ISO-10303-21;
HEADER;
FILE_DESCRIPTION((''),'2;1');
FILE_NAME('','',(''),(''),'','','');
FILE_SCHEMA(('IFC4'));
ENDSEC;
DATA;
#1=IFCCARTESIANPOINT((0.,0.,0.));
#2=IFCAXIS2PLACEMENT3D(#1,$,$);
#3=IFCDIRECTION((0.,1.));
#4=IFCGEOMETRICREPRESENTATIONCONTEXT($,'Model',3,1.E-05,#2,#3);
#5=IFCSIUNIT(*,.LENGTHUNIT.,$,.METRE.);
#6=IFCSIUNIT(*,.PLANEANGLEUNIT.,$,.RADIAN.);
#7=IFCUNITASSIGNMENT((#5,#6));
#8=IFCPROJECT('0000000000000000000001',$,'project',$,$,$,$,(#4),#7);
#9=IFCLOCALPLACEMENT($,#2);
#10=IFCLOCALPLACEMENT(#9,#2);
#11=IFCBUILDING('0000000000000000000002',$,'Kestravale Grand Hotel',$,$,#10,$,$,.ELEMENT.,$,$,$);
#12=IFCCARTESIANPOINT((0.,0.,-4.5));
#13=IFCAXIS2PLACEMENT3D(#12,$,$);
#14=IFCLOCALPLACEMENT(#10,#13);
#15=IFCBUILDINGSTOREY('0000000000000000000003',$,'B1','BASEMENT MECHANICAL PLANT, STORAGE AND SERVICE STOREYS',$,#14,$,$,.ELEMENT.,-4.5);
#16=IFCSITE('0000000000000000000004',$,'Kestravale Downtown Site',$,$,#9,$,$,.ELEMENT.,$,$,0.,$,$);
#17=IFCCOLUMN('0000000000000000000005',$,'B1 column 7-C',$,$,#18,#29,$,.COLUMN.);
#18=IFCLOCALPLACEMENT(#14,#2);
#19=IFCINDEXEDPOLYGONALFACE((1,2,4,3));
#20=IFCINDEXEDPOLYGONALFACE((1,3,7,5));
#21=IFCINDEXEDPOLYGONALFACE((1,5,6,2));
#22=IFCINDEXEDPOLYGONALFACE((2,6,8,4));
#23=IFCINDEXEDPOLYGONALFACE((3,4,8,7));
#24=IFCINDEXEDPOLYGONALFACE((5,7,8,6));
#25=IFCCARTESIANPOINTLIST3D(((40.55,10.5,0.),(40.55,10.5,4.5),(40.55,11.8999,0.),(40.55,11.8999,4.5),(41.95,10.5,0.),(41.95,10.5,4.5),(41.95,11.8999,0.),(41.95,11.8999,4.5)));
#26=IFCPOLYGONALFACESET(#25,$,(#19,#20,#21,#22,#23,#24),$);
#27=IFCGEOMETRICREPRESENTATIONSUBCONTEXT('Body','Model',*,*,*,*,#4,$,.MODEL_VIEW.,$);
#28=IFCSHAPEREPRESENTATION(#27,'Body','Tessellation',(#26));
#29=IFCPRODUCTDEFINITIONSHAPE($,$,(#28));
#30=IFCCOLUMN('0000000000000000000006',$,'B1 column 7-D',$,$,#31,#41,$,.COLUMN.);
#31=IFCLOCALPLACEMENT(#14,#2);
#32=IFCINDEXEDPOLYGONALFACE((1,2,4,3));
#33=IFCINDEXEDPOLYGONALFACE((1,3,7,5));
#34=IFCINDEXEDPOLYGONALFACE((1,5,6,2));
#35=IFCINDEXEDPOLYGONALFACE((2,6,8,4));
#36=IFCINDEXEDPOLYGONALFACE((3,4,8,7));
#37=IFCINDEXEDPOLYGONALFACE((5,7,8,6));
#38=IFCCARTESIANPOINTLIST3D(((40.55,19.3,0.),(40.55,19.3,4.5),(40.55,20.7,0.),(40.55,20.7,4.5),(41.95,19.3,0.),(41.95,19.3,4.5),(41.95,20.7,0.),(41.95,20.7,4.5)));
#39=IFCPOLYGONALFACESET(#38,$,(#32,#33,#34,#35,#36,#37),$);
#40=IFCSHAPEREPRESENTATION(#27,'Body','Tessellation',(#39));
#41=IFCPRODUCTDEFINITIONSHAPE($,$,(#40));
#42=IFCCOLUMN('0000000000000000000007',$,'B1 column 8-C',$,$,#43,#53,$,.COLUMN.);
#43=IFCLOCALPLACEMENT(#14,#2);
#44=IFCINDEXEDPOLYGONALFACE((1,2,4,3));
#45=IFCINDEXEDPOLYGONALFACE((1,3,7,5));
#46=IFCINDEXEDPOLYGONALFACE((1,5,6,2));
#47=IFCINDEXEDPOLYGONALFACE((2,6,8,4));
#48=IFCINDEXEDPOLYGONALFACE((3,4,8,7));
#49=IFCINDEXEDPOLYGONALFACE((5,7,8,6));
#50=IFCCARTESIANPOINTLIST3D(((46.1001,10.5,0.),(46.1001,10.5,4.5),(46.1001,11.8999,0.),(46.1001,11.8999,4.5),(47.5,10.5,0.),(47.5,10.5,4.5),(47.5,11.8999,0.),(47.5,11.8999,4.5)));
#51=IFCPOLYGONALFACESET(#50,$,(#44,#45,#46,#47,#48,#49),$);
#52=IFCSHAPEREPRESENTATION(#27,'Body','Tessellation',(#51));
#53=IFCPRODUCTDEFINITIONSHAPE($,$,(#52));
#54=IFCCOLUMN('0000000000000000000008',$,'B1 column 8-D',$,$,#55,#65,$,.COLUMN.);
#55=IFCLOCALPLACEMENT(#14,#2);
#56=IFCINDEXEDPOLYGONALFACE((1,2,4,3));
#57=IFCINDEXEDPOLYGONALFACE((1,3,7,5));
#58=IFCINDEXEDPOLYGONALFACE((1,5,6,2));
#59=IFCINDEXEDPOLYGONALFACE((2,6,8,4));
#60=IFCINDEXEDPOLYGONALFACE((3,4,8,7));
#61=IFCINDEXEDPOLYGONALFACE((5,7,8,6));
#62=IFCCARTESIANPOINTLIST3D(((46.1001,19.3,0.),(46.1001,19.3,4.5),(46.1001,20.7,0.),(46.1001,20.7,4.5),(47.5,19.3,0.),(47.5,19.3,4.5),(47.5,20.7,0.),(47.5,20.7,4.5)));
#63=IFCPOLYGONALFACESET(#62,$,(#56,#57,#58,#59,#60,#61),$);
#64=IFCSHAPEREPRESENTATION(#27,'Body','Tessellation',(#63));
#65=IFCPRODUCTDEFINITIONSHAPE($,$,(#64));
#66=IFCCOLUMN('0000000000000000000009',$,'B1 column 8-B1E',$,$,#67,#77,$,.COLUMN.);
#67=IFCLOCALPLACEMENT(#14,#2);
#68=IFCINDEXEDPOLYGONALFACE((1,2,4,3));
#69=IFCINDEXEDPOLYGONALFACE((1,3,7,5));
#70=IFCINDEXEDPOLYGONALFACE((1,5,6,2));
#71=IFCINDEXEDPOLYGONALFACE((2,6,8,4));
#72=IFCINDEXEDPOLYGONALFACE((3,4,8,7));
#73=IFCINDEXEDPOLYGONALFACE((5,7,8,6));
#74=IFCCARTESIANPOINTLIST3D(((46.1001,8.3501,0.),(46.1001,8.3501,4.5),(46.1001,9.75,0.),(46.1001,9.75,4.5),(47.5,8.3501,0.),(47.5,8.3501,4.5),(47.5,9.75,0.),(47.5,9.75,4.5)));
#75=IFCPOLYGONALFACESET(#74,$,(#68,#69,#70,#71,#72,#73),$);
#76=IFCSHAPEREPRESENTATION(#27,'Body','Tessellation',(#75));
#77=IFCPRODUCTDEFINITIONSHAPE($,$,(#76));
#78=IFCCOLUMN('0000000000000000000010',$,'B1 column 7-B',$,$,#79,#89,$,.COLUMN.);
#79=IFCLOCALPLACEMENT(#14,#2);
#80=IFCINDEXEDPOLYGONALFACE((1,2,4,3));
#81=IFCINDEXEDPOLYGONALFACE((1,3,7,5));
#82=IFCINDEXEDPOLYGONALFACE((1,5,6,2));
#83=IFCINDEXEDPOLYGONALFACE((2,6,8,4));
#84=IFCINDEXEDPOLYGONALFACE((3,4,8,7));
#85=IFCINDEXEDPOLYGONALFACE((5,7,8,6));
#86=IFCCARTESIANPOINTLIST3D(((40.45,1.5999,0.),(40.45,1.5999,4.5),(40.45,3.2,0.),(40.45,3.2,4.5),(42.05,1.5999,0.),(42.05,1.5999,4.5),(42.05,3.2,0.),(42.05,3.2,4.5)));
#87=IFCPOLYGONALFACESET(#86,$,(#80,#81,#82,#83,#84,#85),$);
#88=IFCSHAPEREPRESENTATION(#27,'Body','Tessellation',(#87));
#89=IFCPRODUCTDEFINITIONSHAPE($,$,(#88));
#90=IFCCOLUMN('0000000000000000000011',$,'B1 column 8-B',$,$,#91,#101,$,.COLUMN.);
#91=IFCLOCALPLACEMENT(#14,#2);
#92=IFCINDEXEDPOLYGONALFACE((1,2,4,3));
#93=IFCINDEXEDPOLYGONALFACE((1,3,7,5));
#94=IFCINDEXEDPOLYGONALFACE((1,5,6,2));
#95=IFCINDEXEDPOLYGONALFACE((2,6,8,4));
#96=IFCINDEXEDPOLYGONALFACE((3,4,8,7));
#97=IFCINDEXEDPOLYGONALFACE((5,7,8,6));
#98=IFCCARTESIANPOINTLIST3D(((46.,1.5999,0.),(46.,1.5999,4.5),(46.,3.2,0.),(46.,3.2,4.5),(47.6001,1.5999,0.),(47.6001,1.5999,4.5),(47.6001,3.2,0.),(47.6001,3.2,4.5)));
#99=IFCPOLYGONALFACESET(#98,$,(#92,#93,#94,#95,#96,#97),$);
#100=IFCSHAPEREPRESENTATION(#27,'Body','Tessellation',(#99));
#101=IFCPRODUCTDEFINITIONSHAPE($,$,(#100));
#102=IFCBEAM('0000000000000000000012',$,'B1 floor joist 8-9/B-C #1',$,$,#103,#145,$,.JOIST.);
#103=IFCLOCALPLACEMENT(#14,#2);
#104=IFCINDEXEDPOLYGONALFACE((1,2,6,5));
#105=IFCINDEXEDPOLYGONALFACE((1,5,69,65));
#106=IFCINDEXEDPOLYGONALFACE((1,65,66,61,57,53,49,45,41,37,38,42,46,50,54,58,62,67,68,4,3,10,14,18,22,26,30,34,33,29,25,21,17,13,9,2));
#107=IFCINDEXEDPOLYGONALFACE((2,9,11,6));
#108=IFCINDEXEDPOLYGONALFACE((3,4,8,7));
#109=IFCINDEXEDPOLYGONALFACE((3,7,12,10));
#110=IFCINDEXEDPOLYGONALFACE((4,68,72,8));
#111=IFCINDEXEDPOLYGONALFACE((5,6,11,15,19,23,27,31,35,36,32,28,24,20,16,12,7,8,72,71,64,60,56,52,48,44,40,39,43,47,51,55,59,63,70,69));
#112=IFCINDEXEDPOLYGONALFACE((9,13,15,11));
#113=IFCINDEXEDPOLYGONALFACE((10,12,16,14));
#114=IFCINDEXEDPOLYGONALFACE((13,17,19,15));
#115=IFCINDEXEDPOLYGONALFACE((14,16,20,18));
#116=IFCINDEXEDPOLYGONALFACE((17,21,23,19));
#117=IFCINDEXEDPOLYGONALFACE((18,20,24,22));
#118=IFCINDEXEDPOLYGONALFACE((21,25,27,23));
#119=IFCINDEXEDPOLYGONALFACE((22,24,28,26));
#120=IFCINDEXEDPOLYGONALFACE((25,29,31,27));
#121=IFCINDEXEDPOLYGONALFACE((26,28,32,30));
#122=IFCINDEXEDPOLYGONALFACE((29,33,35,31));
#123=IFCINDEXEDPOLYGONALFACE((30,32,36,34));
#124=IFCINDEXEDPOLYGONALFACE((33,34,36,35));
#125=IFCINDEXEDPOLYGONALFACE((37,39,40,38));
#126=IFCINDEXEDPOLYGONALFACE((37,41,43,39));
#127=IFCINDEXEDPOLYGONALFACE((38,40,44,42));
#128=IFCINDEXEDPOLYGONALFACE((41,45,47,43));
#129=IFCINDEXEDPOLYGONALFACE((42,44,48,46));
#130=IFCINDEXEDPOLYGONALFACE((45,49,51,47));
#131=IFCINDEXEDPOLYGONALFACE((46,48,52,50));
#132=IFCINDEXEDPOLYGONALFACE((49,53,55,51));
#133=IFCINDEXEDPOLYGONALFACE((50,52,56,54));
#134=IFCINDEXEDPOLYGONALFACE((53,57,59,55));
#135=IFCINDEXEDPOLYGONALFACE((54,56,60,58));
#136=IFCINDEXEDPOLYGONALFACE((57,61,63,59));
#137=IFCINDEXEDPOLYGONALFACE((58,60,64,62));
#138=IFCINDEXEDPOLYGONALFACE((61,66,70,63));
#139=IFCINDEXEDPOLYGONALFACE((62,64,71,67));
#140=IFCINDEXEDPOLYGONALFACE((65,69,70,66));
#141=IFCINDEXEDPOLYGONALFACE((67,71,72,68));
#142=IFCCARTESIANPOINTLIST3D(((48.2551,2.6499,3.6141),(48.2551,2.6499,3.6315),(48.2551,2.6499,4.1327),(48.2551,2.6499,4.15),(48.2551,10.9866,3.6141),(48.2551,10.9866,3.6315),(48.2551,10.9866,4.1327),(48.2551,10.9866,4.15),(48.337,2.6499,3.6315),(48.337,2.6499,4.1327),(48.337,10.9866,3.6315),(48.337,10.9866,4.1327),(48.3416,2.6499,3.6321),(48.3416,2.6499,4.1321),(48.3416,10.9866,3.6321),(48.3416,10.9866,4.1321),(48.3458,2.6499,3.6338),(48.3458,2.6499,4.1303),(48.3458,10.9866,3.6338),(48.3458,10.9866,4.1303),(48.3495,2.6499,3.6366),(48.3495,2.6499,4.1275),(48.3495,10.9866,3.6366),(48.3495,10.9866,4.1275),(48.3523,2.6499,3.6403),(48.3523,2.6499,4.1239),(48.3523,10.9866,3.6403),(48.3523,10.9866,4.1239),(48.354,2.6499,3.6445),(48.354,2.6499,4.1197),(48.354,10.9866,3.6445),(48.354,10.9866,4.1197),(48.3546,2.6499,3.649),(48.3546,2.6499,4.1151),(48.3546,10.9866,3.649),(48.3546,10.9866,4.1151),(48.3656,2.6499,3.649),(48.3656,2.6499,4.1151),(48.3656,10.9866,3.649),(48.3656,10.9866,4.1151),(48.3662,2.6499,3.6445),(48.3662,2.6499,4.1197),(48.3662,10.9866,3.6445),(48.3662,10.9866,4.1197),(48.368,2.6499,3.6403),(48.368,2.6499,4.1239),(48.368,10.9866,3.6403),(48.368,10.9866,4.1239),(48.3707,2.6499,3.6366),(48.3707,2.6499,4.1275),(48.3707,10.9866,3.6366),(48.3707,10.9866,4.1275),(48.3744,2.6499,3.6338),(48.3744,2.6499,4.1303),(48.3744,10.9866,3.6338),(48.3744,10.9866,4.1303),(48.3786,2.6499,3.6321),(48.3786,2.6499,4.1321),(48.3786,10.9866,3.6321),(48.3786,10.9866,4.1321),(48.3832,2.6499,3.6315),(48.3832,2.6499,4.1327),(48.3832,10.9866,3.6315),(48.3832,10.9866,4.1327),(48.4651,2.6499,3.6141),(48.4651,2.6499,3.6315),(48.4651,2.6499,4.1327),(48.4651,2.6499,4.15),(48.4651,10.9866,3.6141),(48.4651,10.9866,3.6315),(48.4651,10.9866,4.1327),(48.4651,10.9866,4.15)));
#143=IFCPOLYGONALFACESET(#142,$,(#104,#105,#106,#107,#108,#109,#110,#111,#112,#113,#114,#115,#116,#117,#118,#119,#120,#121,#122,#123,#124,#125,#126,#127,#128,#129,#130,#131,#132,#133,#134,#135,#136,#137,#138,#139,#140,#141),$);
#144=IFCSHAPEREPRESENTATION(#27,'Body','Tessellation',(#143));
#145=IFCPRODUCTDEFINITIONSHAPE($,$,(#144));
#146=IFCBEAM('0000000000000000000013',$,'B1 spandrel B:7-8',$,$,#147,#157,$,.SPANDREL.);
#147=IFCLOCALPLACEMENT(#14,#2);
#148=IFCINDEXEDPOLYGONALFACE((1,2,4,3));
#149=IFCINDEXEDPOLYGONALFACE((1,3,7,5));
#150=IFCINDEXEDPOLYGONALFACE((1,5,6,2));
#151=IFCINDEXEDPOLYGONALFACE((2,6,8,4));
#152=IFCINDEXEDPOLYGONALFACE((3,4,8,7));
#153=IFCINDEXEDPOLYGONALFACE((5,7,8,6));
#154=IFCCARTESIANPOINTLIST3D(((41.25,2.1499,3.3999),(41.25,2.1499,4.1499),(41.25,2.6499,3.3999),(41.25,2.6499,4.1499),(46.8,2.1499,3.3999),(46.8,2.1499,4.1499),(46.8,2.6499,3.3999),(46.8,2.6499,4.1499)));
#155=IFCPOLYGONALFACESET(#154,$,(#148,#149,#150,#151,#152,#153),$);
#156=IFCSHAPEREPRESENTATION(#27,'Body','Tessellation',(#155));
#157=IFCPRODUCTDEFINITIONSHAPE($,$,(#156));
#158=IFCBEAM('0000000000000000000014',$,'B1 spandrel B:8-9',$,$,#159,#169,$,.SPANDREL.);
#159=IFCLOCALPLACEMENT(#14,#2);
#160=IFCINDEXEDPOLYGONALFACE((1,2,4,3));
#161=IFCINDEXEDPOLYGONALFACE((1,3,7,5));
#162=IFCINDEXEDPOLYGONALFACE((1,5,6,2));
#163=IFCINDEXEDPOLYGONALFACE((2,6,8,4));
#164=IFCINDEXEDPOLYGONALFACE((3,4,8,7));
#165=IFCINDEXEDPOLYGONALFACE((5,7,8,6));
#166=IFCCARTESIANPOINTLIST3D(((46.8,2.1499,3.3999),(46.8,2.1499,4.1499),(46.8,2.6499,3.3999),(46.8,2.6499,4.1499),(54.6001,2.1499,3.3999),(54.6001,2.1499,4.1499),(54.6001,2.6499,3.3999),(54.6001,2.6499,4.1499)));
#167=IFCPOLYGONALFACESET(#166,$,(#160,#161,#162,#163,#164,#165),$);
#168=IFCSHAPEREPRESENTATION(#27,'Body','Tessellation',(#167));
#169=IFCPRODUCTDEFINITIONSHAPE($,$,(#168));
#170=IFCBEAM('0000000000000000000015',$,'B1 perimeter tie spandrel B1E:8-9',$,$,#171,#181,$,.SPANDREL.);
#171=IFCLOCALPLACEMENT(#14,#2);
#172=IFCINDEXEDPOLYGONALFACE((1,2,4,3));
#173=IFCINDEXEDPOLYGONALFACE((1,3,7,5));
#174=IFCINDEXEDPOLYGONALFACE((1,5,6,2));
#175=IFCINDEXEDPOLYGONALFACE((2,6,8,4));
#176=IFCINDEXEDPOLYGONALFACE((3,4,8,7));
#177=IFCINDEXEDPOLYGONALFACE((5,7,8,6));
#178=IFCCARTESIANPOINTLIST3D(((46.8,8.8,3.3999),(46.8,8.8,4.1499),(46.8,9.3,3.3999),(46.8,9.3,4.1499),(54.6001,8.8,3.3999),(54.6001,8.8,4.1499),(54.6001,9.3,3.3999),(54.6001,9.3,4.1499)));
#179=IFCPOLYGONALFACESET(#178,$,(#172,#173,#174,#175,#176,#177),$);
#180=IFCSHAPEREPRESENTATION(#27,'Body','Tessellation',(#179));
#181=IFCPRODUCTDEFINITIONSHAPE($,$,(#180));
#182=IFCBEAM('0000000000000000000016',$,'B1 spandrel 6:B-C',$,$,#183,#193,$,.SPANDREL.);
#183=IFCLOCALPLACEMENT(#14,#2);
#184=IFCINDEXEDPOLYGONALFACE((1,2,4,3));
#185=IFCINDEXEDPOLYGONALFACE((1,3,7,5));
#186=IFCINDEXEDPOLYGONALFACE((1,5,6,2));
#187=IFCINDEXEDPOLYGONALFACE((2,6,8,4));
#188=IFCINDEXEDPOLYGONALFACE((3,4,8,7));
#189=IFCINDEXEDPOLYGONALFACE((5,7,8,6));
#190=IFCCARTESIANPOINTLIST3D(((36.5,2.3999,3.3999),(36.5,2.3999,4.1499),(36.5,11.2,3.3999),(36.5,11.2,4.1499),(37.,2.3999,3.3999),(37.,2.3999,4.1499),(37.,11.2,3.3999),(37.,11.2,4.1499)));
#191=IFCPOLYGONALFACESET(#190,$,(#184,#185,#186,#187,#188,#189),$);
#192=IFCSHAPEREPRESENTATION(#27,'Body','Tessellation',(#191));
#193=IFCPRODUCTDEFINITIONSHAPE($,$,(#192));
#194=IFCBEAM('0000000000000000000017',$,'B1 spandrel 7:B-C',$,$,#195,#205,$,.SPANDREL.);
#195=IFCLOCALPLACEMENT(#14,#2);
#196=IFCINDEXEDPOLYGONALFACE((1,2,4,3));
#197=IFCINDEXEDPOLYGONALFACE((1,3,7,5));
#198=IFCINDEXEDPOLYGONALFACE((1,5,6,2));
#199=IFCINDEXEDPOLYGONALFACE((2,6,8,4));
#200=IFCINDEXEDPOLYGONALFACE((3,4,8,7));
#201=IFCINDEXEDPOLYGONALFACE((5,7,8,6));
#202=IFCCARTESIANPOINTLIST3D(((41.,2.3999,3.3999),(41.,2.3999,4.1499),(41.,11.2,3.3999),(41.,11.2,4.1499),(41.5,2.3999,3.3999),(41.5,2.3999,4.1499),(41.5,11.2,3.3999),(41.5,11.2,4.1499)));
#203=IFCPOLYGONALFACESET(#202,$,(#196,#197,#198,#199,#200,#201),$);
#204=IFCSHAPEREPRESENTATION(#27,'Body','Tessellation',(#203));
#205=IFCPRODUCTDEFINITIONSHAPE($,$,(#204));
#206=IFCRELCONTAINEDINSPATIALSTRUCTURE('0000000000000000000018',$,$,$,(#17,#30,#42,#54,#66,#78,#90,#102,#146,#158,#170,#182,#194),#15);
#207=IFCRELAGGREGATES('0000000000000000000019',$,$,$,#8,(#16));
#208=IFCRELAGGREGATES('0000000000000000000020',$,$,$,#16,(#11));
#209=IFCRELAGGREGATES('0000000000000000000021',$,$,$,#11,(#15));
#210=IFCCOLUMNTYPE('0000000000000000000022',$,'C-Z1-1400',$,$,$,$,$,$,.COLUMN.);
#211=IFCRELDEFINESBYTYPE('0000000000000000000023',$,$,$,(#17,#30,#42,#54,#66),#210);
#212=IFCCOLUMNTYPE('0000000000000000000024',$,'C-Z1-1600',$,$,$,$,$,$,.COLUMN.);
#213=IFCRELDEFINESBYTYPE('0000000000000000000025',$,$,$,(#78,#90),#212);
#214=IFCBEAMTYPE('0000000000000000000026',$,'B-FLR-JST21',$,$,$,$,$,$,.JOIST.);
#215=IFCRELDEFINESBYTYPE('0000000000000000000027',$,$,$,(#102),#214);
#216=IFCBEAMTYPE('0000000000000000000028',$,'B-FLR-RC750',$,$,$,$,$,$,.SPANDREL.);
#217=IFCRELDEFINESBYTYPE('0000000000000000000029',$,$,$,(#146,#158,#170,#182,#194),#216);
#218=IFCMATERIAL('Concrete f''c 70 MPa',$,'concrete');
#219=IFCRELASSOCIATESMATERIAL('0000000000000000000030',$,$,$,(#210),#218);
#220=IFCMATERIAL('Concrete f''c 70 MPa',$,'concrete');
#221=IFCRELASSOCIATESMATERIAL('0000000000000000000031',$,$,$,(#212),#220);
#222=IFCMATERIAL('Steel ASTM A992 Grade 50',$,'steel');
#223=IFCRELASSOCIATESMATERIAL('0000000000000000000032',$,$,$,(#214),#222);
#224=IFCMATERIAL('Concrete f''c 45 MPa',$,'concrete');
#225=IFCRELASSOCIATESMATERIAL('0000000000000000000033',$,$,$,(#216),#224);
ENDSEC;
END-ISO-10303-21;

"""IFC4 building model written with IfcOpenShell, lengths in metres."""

from ifc_helpers import new_model, si_unit, direction, frame, origin, origin_2d, place, context, subcontext, project, spatial, rectangle, i_section, extrude, material, material_profile, profile_set, type_object, element, save


model = new_model("IFC4")

# Units and contexts
model_context = context("Model", 3, precision=1e-05, world=origin(), true_north=direction((0.0, 1.0)))
body_context = subcontext(model_context, "Body", "Model", "MODEL_VIEW")
ifc_project = project(units=[si_unit("LENGTHUNIT", "METRE"), si_unit("PLANEANGLEUNIT", "RADIAN")], contexts=[model_context])

# Site, building, storey
site_placement = place(None, origin())
site = spatial("IfcSite", under=ifc_project, at=site_placement, Name="Kestravale Downtown Site", CompositionType="ELEMENT", RefElevation=0.0)
building_placement = place(site_placement, origin())
building = spatial("IfcBuilding", under=site, at=building_placement, Name="Kestravale Grand Hotel", CompositionType="ELEMENT")
storey_placement = place(building_placement, frame((0.0, 0.0, -4.5)))
storey = spatial("IfcBuildingStorey", under=building, at=storey_placement, Name="B1", Description="BASEMENT MECHANICAL PLANT, STORAGE AND SERVICE STOREYS", CompositionType="ELEMENT", Elevation=-4.5)

# Columns
ifc_material_1 = material(Name="Concrete f'c 70 MPa", Category="concrete")
ifc_material_profile_1 = material_profile(ifc_material_1, rectangle(XDim=1.3999, YDim=1.3999, at=origin_2d()))
ifc_profile_set_1 = profile_set([ifc_material_profile_1], Name="Concrete f'c 70 MPa")
column_type_1 = type_object("IfcColumnType", Name="C-Z1-1400", PredefinedType="COLUMN", material=ifc_profile_set_1)
for number, where, z_axis, x_axis, name in (
    (1, (41.25, 11.2, 0.0), (0.0, 0.0, 1.0), (1.0, 0.0, 0.0), "B1 column 7-C"),
    (2, (41.25, 20.0, 0.0), (0.0, 0.0, 1.0), (1.0, 0.0, 0.0), "B1 column 7-D"),
    (3, (46.8, 11.2, 0.0), (0.0, 0.0, 1.0), (1.0, 0.0, 0.0), "B1 column 8-C"),
    (4, (46.8, 20.0, 0.0), (0.0, 0.0, 1.0), (1.0, 0.0, 0.0), "B1 column 8-D"),
    (5, (46.8, 9.05, 0.0), (0.0, 0.0, 1.0), (1.0, 0.0, 0.0), "B1 column 8-B1E"),
):
    element("IfcColumn", number, at=place(storey_placement, frame(where, z_axis=z_axis, x_axis=x_axis)), inside=storey, type_object=column_type_1, Name=name, PredefinedType="COLUMN", context=body_context, shape_type="SweptSolid", body=[
        extrude(rectangle(XDim=1.3999, YDim=1.3999, at=origin_2d()), origin(), (0.0, 0.0, 1.0), 4.5),
    ])
ifc_material_2 = material(Name="Concrete f'c 70 MPa", Category="concrete")
ifc_material_profile_2 = material_profile(ifc_material_2, rectangle(XDim=1.6001, YDim=1.6001, at=origin_2d()))
ifc_profile_set_2 = profile_set([ifc_material_profile_2], Name="Concrete f'c 70 MPa")
column_type_2 = type_object("IfcColumnType", Name="C-Z1-1600", PredefinedType="COLUMN", material=ifc_profile_set_2)
for number, where, z_axis, x_axis, name in (
    (6, (41.25, 2.3999, 0.0), (0.0, 0.0, 1.0), (1.0, 0.0, 0.0), "B1 column 7-B"),
    (7, (46.8, 2.3999, 0.0), (0.0, 0.0, 1.0), (1.0, 0.0, 0.0), "B1 column 8-B"),
):
    element("IfcColumn", number, at=place(storey_placement, frame(where, z_axis=z_axis, x_axis=x_axis)), inside=storey, type_object=column_type_2, Name=name, PredefinedType="COLUMN", context=body_context, shape_type="SweptSolid", body=[
        extrude(rectangle(XDim=1.6001, YDim=1.6001, at=origin_2d()), origin(), (0.0, 0.0, 1.0), 4.5),
    ])

# Beams
ifc_material_3 = material(Name="Steel ASTM A992 Grade 50", Category="steel")
ifc_material_profile_3 = material_profile(ifc_material_3, i_section(OverallWidth=0.21, OverallDepth=0.5359, WebThickness=0.011, FlangeThickness=0.0173, FilletRadius=0.0176, at=origin_2d()))
ifc_profile_set_3 = profile_set([ifc_material_profile_3], Name="Steel ASTM A992 Grade 50")
beam_type_1 = type_object("IfcBeamType", Name="B-FLR-JST21", PredefinedType="JOIST", material=ifc_profile_set_3)
beam_1_placement = place(storey_placement, frame((48.3601, 2.6499, 3.8821), z_axis=(0.0, 1.0, 0.0), x_axis=(-1.0, 0.0, 0.0)))
element("IfcBeam", 8, at=beam_1_placement, inside=storey, type_object=beam_type_1, Name="B1 floor joist 8-9/B-C #1", PredefinedType="JOIST", context=body_context, shape_type="SweptSolid", body=[
    extrude(i_section(OverallWidth=0.21, OverallDepth=0.5359, WebThickness=0.011, FlangeThickness=0.0173, FilletRadius=0.0176, at=origin_2d()), origin(), (0.0, 0.0, 1.0), 8.3367),
])
ifc_material_4 = material(Name="Concrete f'c 45 MPa", Category="concrete")
ifc_material_profile_4 = material_profile(ifc_material_4, rectangle(XDim=0.5, YDim=0.75, at=origin_2d()))
ifc_profile_set_4 = profile_set([ifc_material_profile_4], Name="Concrete f'c 45 MPa")
beam_type_2 = type_object("IfcBeamType", Name="B-FLR-RC750", PredefinedType="SPANDREL", material=ifc_profile_set_4)
beam_2_placement = place(storey_placement, frame((41.25, 2.3999, 3.7749), z_axis=(1.0, 0.0, 0.0), x_axis=(0.0, 1.0, 0.0)))
element("IfcBeam", 9, at=beam_2_placement, inside=storey, type_object=beam_type_2, Name="B1 spandrel B:7-8", PredefinedType="SPANDREL", context=body_context, shape_type="SweptSolid", body=[
    extrude(rectangle(XDim=0.5, YDim=0.75, at=origin_2d()), origin(), (0.0, 0.0, 1.0), 5.55),
])
for number, where, z_axis, x_axis, name in (
    (10, (46.8, 2.3999, 3.7749), (1.0, 0.0, 0.0), (0.0, 1.0, 0.0), "B1 spandrel B:8-9"),
    (11, (46.8, 9.05, 3.7749), (1.0, 0.0, 0.0), (0.0, 1.0, 0.0), "B1 perimeter tie spandrel B1E:8-9"),
):
    element("IfcBeam", number, at=place(storey_placement, frame(where, z_axis=z_axis, x_axis=x_axis)), inside=storey, type_object=beam_type_2, Name=name, PredefinedType="SPANDREL", context=body_context, shape_type="SweptSolid", body=[
        extrude(rectangle(XDim=0.5, YDim=0.75, at=origin_2d()), origin(), (0.0, 0.0, 1.0), 7.8),
    ])
for number, where, z_axis, x_axis, name in (
    (12, (36.75, 2.3999, 3.7749), (0.0, 1.0, 0.0), (-1.0, 0.0, 0.0), "B1 spandrel 6:B-C"),
    (13, (41.25, 2.3999, 3.7749), (0.0, 1.0, 0.0), (-1.0, 0.0, 0.0), "B1 spandrel 7:B-C"),
):
    element("IfcBeam", number, at=place(storey_placement, frame(where, z_axis=z_axis, x_axis=x_axis)), inside=storey, type_object=beam_type_2, Name=name, PredefinedType="SPANDREL", context=body_context, shape_type="SweptSolid", body=[
        extrude(rectangle(XDim=0.5, YDim=0.75, at=origin_2d()), origin(), (0.0, 0.0, 1.0), 8.8),
    ])

save(model, "model.ifc")
